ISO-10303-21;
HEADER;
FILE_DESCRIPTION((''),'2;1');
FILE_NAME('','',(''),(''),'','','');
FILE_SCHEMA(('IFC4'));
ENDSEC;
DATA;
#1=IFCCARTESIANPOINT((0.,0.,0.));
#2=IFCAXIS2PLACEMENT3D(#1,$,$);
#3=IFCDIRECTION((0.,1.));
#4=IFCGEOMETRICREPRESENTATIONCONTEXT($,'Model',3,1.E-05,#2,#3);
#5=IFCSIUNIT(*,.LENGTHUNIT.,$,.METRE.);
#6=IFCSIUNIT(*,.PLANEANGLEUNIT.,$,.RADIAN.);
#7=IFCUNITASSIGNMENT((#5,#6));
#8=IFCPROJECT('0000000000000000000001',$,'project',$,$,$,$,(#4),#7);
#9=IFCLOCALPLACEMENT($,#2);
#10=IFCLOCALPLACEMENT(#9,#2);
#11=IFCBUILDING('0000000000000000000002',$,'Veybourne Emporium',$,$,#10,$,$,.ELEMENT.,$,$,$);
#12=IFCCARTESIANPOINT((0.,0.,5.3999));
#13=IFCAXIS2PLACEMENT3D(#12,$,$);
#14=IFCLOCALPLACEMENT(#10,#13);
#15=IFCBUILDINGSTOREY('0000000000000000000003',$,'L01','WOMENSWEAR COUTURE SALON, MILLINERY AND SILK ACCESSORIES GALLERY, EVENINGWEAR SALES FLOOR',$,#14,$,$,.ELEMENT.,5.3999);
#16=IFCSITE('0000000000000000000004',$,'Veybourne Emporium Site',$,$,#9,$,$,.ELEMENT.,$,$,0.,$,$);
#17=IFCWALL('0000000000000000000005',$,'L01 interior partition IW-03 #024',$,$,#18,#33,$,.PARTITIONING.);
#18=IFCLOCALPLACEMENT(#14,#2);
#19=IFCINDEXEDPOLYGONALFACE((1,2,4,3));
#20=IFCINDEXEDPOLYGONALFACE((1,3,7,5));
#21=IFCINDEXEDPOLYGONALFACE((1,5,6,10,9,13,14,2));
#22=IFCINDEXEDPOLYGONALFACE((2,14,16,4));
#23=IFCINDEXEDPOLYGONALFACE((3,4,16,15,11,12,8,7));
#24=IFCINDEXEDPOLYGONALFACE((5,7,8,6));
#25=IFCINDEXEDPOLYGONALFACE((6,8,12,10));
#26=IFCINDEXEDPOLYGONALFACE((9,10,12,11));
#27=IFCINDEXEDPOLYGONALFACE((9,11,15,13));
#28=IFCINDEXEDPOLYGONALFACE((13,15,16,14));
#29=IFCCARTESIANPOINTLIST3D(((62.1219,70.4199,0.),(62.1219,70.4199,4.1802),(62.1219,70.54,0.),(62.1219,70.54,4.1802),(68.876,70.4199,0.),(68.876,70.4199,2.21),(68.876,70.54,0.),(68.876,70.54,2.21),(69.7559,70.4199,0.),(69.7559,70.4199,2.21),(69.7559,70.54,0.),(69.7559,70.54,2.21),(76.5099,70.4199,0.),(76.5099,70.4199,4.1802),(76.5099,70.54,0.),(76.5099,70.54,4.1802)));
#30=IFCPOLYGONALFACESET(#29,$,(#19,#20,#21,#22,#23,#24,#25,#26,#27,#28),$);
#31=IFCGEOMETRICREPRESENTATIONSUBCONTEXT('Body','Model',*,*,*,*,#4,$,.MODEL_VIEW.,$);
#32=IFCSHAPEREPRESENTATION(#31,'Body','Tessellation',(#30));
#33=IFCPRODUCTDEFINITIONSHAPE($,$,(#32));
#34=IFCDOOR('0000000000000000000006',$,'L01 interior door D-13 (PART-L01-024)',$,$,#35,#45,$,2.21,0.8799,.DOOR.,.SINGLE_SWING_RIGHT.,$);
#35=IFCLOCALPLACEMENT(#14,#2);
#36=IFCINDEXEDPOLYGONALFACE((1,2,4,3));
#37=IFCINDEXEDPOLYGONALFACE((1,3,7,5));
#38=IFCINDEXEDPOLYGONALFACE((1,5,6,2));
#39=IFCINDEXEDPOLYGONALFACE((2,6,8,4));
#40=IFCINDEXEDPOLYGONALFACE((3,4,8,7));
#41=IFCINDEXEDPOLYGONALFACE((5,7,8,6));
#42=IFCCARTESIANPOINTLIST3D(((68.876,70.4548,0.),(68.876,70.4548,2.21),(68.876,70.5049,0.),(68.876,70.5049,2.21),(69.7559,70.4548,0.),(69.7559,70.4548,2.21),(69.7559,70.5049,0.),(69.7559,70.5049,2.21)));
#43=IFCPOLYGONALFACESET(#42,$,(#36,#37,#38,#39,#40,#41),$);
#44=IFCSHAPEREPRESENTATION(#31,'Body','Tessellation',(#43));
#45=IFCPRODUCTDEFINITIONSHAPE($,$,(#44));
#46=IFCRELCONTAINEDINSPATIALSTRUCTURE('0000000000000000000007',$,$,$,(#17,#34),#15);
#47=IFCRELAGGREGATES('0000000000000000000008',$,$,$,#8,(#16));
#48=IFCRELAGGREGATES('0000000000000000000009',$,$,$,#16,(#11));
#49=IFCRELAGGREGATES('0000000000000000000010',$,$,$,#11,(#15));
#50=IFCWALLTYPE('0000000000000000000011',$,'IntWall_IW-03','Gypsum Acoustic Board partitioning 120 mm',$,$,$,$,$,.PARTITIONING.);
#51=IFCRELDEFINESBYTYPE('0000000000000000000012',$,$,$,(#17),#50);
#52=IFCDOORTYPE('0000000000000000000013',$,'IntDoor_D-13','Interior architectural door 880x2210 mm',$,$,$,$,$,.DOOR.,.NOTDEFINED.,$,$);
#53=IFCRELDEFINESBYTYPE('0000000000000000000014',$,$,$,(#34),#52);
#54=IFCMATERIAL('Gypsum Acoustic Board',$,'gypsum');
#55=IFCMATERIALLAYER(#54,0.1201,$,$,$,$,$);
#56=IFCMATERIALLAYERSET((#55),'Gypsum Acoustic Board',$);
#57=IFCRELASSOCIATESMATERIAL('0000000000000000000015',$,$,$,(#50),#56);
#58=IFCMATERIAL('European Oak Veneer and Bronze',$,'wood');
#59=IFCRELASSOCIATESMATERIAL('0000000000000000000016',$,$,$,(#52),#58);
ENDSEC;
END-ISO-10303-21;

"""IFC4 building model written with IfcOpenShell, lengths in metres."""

from ifc_helpers import new_model, si_unit, direction, frame, frame_2d, origin, place, context, subcontext, project, spatial, rectangle, extrude, material, layer, layer_set, type_object, element, fill, save


model = new_model("IFC4")

# Units and contexts
model_context = context("Model", 3, precision=1e-05, world=origin(), true_north=direction((0.0, 1.0)))
body_context = subcontext(model_context, "Body", "Model", "MODEL_VIEW")
ifc_project = project(units=[si_unit("LENGTHUNIT", "METRE"), si_unit("PLANEANGLEUNIT", "RADIAN")], contexts=[model_context])

# Site, building, storey
site_placement = place(None, origin())
site = spatial("IfcSite", under=ifc_project, at=site_placement, Name="Veybourne Emporium Site", CompositionType="ELEMENT", RefElevation=0.0)
building_placement = place(site_placement, origin())
building = spatial("IfcBuilding", under=site, at=building_placement, Name="Veybourne Emporium", CompositionType="ELEMENT")
storey_placement = place(building_placement, frame((0.0, 0.0, 5.3999)))
storey = spatial("IfcBuildingStorey", under=building, at=storey_placement, Name="L01", Description="WOMENSWEAR COUTURE SALON, MILLINERY AND SILK ACCESSORIES GALLERY, EVENINGWEAR SALES FLOOR", CompositionType="ELEMENT", Elevation=5.3999)

# Wall, opening, door
ifc_material_1 = material(Name="Gypsum Acoustic Board", Category="gypsum")
ifc_material_2 = material(Name="European Oak Veneer and Bronze", Category="wood")
ifc_layer_1 = layer(ifc_material_1, 0.1201)
ifc_layer_set_1 = layer_set([ifc_layer_1], Name="Gypsum Acoustic Board")
wall_type_1 = type_object("IfcWallType", Name="IntWall_IW-03", Description="Gypsum Acoustic Board partitioning 120 mm", PredefinedType="PARTITIONING", material=ifc_layer_set_1)
wall_1_placement = place(storey_placement, frame((62.1221, 70.48, 0.0), z_axis=(0.0, 0.0, 1.0), x_axis=(1.0, 0.0, 0.0)))
wall_1 = element("IfcWall", 1, at=wall_1_placement, inside=storey, type_object=wall_type_1, Name="L01 interior partition IW-03 #024", PredefinedType="PARTITIONING", context=body_context, shape_type="SweptSolid", body=[
    extrude(rectangle(XDim=14.3879, YDim=0.1201, at=frame_2d((7.1938, 0.0))), origin(), (0.0, 0.0, 1.0), 4.1802),
])
opening_1_placement = place(wall_1_placement, frame((6.7539, 0.0, 0.0)))
opening_1 = element("IfcOpeningElement", 2, at=opening_1_placement, cuts=wall_1, PredefinedType="OPENING", context=body_context, shape_type="SweptSolid", body=[
    extrude(rectangle(XDim=0.8799, YDim=2.21, at=frame_2d((0.4399, 1.105))), frame((0.0, 0.0801, 0.0), z_axis=(0.0, -1.0, 0.0), x_axis=(1.0, 0.0, 0.0)), (0.0, 0.0, 1.0), 0.1602),
])
door_type_1 = type_object("IfcDoorType", Name="IntDoor_D-13", Description="Interior architectural door 880x2210 mm", OperationType="NOTDEFINED", PredefinedType="DOOR", material=ifc_material_2)
door_1_placement = place(opening_1_placement, origin())
door_1 = element("IfcDoor", 3, at=door_1_placement, inside=storey, type_object=door_type_1, Name="L01 interior door D-13 (PART-L01-024)", OperationType="SINGLE_SWING_RIGHT", OverallHeight=2.21, OverallWidth=0.8799, PredefinedType="DOOR", context=body_context, shape_type="SweptSolid", body=[
    extrude(rectangle(XDim=0.8799, YDim=2.21, at=frame_2d((0.4399, 1.105))), frame((0.0, 0.0249, 0.0), z_axis=(0.0, -1.0, 0.0), x_axis=(1.0, 0.0, 0.0)), (0.0, 0.0, 1.0), 0.05),
])
fill(opening_1, door_1)

save(model, "model.ifc")
